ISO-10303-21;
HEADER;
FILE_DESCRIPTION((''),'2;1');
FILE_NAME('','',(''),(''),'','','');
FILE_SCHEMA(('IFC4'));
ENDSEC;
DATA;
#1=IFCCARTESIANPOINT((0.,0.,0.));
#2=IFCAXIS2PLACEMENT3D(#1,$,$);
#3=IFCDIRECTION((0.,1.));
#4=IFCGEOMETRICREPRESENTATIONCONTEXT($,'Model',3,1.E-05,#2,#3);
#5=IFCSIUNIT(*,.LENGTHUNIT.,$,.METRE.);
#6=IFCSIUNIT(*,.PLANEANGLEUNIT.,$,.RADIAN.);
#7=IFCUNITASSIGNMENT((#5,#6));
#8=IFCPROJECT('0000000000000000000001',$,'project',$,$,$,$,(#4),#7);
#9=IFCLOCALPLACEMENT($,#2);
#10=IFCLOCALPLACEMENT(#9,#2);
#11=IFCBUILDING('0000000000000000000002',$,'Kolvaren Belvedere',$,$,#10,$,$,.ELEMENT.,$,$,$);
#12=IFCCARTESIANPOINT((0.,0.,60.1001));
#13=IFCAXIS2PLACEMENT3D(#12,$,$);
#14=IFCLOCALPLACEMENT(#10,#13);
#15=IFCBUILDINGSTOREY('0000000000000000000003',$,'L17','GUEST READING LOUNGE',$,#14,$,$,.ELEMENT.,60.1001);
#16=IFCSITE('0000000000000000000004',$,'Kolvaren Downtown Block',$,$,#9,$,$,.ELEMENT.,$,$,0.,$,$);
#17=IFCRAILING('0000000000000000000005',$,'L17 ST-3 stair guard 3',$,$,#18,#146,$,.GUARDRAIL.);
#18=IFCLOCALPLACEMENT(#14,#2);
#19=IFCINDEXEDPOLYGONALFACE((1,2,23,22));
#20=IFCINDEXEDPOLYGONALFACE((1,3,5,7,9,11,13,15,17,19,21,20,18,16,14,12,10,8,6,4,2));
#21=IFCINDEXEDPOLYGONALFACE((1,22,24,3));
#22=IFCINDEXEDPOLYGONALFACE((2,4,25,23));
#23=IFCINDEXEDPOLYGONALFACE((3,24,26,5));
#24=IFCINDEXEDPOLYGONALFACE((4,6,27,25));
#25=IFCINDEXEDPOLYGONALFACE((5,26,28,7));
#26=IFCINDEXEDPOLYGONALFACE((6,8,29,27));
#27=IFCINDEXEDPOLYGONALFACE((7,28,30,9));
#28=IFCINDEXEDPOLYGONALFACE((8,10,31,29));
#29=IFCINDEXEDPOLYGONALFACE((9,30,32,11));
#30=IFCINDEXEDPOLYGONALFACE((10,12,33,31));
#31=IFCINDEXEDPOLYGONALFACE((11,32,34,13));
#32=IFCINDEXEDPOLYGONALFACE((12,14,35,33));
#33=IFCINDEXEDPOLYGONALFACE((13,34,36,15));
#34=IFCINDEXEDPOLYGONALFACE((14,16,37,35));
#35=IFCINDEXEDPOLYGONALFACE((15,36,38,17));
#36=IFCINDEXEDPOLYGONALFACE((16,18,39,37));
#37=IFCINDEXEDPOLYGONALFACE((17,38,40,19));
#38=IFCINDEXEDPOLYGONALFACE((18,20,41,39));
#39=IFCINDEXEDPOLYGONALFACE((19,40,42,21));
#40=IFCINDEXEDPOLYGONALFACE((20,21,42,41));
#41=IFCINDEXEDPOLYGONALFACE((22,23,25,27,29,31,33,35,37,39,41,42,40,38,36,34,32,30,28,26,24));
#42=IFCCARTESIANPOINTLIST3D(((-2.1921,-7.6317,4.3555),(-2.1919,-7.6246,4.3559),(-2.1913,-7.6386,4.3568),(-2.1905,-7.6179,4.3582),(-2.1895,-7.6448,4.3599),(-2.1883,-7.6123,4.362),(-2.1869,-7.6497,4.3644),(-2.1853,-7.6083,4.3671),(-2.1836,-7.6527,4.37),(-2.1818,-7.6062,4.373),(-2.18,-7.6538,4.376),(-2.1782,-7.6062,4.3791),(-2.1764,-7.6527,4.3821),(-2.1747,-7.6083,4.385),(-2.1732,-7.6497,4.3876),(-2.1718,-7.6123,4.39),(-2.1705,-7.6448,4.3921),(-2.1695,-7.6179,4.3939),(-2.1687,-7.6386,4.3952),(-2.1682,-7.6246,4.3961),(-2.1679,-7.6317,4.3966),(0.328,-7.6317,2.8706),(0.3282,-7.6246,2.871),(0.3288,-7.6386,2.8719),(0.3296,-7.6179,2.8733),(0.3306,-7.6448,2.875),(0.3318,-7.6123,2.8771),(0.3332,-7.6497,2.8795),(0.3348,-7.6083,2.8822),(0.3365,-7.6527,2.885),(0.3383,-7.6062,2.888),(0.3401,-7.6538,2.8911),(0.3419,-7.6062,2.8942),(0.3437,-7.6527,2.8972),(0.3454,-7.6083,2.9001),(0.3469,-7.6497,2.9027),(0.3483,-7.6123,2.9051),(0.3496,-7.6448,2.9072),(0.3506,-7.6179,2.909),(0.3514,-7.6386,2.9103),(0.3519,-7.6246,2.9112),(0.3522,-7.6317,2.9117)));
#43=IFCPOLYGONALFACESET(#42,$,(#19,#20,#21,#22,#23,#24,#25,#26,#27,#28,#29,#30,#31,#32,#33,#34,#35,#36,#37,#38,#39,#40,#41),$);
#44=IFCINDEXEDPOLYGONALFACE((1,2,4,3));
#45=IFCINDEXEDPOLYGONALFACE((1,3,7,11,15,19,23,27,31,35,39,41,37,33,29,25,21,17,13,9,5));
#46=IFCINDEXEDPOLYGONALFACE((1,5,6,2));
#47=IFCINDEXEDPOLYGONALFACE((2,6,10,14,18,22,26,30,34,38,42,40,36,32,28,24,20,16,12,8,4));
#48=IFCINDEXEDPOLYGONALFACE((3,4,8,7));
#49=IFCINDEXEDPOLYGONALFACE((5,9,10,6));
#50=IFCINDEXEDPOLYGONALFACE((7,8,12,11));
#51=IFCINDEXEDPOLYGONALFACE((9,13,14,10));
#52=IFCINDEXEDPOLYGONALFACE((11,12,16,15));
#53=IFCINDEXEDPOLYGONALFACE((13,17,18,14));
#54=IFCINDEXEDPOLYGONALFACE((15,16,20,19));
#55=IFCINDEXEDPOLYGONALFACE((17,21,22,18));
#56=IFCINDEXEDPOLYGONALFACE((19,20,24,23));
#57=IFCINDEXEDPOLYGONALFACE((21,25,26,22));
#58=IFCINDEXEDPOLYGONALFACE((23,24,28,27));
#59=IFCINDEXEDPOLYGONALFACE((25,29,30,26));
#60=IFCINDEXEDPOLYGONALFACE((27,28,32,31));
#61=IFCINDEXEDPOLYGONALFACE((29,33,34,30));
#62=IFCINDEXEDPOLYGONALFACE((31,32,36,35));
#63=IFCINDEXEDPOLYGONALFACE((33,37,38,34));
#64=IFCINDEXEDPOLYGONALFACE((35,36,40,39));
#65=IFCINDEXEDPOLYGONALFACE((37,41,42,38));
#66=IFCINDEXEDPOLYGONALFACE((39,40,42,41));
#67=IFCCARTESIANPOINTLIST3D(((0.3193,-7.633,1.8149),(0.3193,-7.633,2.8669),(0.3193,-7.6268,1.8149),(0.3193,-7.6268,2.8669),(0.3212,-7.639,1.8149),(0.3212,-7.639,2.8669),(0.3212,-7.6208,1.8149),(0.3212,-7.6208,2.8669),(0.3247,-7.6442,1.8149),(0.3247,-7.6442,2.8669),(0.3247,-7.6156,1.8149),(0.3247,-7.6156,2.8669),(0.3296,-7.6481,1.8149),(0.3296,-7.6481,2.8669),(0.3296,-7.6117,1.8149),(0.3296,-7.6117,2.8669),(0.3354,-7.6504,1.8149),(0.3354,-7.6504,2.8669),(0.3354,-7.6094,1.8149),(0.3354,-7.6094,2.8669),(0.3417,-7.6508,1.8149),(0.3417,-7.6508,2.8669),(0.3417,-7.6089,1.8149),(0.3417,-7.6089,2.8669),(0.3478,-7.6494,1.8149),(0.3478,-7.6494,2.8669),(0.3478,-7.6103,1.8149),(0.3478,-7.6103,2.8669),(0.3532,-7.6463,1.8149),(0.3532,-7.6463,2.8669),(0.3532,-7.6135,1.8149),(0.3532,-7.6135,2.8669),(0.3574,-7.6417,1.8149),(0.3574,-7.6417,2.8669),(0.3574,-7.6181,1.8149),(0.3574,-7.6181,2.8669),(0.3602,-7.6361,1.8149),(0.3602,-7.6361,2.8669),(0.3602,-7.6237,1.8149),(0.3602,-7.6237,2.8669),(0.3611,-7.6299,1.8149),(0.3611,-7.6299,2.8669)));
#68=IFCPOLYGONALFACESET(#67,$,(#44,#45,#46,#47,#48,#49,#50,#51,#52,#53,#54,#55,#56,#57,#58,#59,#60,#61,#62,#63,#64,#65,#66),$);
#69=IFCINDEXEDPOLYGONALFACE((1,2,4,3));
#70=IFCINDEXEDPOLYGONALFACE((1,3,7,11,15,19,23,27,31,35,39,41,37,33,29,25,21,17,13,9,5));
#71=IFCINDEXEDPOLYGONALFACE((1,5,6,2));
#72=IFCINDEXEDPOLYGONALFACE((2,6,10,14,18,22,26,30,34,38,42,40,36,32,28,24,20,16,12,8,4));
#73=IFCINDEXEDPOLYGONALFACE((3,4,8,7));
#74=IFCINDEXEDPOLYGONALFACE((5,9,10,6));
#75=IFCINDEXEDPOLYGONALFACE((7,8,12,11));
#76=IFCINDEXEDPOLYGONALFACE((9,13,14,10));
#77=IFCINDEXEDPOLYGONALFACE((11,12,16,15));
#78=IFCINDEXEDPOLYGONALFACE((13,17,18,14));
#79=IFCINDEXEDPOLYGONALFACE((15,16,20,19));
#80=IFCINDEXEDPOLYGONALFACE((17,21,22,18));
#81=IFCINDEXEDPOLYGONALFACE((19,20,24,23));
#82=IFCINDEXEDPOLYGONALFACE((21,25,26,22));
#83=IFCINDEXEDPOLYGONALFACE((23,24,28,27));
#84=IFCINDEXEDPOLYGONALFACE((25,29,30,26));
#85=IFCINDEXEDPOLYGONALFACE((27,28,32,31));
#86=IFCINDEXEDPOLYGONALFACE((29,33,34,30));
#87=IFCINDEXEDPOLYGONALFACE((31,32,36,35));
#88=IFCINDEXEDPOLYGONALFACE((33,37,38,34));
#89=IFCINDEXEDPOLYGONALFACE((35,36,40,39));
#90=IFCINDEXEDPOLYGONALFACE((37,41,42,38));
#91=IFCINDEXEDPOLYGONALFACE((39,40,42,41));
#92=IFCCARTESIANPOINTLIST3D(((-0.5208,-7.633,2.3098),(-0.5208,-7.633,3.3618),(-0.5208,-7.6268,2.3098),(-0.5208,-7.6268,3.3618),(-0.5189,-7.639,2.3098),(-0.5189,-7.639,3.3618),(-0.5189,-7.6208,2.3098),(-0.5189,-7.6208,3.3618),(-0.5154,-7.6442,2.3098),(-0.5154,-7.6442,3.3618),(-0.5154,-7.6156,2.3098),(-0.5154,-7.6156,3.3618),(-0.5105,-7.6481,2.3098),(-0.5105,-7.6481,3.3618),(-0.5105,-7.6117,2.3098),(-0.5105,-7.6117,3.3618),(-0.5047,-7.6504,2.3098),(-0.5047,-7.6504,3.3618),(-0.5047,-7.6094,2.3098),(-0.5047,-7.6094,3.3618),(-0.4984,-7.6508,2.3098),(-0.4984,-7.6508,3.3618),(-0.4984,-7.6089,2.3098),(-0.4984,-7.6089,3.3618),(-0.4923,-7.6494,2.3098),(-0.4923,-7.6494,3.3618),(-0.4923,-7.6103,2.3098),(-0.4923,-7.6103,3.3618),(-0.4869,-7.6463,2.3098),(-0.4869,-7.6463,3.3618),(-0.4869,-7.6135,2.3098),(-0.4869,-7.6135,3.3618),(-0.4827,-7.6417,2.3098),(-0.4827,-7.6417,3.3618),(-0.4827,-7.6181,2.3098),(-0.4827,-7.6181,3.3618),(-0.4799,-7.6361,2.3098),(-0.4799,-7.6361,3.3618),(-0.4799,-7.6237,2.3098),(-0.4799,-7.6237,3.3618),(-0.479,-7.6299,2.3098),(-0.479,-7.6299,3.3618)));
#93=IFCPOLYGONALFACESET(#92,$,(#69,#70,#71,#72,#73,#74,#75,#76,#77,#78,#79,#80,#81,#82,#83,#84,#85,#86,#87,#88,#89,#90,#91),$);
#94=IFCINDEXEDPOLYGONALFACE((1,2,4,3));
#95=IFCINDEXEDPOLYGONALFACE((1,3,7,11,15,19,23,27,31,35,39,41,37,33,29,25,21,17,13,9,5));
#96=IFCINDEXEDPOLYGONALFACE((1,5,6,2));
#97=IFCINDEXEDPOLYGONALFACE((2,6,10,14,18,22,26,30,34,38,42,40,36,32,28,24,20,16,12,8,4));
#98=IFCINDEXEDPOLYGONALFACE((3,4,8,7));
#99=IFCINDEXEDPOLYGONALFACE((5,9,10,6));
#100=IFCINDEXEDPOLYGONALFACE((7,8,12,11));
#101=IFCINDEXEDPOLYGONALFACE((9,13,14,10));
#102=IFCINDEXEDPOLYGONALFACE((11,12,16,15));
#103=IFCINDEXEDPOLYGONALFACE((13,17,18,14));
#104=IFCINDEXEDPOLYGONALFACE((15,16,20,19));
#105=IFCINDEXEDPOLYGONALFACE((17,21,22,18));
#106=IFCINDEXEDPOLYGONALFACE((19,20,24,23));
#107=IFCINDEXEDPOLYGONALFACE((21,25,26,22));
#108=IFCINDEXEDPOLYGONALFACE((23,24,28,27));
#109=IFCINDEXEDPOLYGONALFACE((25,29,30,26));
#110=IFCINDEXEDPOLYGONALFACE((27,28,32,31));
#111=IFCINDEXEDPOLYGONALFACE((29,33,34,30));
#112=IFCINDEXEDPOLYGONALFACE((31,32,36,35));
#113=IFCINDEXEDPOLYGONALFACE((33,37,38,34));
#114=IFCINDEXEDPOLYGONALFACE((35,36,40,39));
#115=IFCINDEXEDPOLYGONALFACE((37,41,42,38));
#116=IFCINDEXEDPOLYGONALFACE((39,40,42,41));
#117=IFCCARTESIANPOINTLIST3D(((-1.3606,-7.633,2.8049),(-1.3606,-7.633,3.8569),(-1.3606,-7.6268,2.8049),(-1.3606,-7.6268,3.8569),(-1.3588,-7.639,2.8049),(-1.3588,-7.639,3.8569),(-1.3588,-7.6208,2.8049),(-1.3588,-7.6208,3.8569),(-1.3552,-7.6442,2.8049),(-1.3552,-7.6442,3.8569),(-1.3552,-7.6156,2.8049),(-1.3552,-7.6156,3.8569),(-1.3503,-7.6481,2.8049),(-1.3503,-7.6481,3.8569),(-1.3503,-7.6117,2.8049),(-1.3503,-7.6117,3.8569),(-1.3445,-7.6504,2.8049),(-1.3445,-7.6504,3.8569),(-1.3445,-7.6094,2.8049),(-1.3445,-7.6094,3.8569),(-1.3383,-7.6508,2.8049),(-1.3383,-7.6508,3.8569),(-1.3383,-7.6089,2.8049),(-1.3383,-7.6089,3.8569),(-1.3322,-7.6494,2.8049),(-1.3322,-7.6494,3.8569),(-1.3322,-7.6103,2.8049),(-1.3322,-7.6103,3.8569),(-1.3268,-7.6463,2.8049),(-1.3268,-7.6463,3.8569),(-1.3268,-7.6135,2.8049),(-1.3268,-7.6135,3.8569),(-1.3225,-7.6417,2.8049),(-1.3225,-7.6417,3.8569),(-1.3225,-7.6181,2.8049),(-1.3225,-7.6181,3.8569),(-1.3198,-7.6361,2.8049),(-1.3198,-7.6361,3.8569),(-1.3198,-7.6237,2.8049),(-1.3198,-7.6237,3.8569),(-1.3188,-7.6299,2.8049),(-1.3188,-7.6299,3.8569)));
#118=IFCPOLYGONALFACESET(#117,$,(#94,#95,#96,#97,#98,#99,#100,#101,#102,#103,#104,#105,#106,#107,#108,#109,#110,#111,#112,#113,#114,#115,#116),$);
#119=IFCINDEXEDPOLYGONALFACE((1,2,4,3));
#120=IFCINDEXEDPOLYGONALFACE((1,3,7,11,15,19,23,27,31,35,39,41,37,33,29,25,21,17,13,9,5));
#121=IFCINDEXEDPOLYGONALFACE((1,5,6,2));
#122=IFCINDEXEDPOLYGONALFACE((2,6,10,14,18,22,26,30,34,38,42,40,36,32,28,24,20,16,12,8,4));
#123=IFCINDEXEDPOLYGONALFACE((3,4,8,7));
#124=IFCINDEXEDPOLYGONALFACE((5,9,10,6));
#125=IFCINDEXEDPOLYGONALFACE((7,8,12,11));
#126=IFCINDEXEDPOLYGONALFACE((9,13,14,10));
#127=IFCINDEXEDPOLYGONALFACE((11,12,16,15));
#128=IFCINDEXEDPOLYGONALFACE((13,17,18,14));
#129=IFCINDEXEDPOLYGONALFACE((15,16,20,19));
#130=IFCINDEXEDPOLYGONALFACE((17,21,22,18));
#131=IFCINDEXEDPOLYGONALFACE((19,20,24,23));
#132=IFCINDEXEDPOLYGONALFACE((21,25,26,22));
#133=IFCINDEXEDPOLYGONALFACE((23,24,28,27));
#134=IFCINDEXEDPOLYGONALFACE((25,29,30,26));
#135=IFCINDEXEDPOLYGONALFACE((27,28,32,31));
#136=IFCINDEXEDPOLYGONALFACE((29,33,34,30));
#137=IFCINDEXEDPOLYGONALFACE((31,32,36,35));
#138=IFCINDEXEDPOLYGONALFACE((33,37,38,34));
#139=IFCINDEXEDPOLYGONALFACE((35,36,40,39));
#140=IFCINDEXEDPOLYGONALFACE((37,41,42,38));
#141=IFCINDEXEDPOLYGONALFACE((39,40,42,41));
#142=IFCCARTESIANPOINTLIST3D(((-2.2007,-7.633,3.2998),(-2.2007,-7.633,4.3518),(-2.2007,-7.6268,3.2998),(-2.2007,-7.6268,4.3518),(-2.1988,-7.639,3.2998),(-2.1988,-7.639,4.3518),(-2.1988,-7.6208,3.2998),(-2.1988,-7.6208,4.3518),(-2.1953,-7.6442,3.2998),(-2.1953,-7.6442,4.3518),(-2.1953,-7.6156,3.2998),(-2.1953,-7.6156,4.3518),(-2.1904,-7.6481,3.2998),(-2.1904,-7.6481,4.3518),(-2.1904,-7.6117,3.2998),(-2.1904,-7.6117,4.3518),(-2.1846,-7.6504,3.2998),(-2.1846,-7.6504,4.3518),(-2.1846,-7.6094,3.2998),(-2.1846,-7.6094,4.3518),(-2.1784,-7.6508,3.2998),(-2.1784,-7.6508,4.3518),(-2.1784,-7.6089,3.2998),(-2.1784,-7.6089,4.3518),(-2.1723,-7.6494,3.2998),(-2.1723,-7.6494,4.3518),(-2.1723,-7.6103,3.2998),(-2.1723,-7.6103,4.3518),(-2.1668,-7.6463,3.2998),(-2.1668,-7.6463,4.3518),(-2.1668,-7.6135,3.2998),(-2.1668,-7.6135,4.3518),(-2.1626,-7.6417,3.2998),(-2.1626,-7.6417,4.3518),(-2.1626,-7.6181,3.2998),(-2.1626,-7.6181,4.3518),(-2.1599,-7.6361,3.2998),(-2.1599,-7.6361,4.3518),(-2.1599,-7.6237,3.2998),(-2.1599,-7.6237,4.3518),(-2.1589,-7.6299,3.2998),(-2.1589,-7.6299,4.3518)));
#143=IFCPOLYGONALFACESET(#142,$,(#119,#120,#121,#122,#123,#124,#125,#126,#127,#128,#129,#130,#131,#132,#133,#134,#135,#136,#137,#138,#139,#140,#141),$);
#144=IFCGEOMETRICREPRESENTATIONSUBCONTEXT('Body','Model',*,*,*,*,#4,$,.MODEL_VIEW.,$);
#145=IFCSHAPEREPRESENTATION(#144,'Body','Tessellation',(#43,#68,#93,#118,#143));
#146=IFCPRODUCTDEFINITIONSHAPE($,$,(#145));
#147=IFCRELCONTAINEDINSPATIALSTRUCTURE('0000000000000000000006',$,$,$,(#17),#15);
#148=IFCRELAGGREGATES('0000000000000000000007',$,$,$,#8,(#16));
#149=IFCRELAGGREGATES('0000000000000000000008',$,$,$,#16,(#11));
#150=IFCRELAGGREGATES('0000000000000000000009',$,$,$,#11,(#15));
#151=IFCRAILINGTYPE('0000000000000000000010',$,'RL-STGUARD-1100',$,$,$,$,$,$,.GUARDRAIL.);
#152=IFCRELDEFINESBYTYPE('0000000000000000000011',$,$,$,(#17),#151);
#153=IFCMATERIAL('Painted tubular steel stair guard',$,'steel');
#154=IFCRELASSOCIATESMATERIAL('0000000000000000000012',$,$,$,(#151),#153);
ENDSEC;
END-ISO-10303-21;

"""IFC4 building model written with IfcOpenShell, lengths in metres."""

from ifc_helpers import new_model, si_unit, direction, frame, origin, origin_2d, place, context, subcontext, project, spatial, circle, extrude, material, type_object, element, save


model = new_model("IFC4")

# Units and contexts
model_context = context("Model", 3, precision=1e-05, world=origin(), true_north=direction((0.0, 1.0)))
body_context = subcontext(model_context, "Body", "Model", "MODEL_VIEW")
ifc_project = project(units=[si_unit("LENGTHUNIT", "METRE"), si_unit("PLANEANGLEUNIT", "RADIAN")], contexts=[model_context])

# Site, building, storey
site_placement = place(None, origin())
site = spatial("IfcSite", under=ifc_project, at=site_placement, Name="Kolvaren Downtown Block", CompositionType="ELEMENT", RefElevation=0.0)
building_placement = place(site_placement, origin())
building = spatial("IfcBuilding", under=site, at=building_placement, Name="Kolvaren Belvedere", CompositionType="ELEMENT")
storey_placement = place(building_placement, frame((0.0, 0.0, 60.1001)))
storey = spatial("IfcBuildingStorey", under=building, at=storey_placement, Name="L17", Description="GUEST READING LOUNGE", CompositionType="ELEMENT", Elevation=60.1001)

# Railing
ifc_material_1 = material(Name="Painted tubular steel stair guard", Category="steel")
railing_type_1 = type_object("IfcRailingType", Name="RL-STGUARD-1100", PredefinedType="GUARDRAIL", material=ifc_material_1)
railing_1_placement = place(storey_placement, frame((0.3401, -7.6299, 1.8149)))
element("IfcRailing", 1, at=railing_1_placement, inside=storey, type_object=railing_type_1, Name="L17 ST-3 stair guard 3", PredefinedType="GUARDRAIL", context=body_context, shape_type="SweptSolid", body=[
    extrude(circle(Radius=0.0239, at=origin_2d()), frame((0.0, 0.0, 1.0762), z_axis=(-0.861561, 0.0, 0.507655), x_axis=(0.0, -1.0, 0.0)), (0.0, 0.0, 1.0), 2.925),
    extrude(circle(Radius=0.021, at=origin_2d()), origin(), (0.0, 0.0, 1.0), 1.052),
    extrude(circle(Radius=0.021, at=origin_2d()), frame((-0.8401, 0.0, 0.4949)), (0.0, 0.0, 1.0), 1.052),
    extrude(circle(Radius=0.021, at=origin_2d()), frame((-1.6799, 0.0, 0.99)), (0.0, 0.0, 1.0), 1.052),
    extrude(circle(Radius=0.021, at=origin_2d()), frame((-2.52, 0.0, 1.4849)), (0.0, 0.0, 1.0), 1.052),
])

save(model, "model.ifc")
